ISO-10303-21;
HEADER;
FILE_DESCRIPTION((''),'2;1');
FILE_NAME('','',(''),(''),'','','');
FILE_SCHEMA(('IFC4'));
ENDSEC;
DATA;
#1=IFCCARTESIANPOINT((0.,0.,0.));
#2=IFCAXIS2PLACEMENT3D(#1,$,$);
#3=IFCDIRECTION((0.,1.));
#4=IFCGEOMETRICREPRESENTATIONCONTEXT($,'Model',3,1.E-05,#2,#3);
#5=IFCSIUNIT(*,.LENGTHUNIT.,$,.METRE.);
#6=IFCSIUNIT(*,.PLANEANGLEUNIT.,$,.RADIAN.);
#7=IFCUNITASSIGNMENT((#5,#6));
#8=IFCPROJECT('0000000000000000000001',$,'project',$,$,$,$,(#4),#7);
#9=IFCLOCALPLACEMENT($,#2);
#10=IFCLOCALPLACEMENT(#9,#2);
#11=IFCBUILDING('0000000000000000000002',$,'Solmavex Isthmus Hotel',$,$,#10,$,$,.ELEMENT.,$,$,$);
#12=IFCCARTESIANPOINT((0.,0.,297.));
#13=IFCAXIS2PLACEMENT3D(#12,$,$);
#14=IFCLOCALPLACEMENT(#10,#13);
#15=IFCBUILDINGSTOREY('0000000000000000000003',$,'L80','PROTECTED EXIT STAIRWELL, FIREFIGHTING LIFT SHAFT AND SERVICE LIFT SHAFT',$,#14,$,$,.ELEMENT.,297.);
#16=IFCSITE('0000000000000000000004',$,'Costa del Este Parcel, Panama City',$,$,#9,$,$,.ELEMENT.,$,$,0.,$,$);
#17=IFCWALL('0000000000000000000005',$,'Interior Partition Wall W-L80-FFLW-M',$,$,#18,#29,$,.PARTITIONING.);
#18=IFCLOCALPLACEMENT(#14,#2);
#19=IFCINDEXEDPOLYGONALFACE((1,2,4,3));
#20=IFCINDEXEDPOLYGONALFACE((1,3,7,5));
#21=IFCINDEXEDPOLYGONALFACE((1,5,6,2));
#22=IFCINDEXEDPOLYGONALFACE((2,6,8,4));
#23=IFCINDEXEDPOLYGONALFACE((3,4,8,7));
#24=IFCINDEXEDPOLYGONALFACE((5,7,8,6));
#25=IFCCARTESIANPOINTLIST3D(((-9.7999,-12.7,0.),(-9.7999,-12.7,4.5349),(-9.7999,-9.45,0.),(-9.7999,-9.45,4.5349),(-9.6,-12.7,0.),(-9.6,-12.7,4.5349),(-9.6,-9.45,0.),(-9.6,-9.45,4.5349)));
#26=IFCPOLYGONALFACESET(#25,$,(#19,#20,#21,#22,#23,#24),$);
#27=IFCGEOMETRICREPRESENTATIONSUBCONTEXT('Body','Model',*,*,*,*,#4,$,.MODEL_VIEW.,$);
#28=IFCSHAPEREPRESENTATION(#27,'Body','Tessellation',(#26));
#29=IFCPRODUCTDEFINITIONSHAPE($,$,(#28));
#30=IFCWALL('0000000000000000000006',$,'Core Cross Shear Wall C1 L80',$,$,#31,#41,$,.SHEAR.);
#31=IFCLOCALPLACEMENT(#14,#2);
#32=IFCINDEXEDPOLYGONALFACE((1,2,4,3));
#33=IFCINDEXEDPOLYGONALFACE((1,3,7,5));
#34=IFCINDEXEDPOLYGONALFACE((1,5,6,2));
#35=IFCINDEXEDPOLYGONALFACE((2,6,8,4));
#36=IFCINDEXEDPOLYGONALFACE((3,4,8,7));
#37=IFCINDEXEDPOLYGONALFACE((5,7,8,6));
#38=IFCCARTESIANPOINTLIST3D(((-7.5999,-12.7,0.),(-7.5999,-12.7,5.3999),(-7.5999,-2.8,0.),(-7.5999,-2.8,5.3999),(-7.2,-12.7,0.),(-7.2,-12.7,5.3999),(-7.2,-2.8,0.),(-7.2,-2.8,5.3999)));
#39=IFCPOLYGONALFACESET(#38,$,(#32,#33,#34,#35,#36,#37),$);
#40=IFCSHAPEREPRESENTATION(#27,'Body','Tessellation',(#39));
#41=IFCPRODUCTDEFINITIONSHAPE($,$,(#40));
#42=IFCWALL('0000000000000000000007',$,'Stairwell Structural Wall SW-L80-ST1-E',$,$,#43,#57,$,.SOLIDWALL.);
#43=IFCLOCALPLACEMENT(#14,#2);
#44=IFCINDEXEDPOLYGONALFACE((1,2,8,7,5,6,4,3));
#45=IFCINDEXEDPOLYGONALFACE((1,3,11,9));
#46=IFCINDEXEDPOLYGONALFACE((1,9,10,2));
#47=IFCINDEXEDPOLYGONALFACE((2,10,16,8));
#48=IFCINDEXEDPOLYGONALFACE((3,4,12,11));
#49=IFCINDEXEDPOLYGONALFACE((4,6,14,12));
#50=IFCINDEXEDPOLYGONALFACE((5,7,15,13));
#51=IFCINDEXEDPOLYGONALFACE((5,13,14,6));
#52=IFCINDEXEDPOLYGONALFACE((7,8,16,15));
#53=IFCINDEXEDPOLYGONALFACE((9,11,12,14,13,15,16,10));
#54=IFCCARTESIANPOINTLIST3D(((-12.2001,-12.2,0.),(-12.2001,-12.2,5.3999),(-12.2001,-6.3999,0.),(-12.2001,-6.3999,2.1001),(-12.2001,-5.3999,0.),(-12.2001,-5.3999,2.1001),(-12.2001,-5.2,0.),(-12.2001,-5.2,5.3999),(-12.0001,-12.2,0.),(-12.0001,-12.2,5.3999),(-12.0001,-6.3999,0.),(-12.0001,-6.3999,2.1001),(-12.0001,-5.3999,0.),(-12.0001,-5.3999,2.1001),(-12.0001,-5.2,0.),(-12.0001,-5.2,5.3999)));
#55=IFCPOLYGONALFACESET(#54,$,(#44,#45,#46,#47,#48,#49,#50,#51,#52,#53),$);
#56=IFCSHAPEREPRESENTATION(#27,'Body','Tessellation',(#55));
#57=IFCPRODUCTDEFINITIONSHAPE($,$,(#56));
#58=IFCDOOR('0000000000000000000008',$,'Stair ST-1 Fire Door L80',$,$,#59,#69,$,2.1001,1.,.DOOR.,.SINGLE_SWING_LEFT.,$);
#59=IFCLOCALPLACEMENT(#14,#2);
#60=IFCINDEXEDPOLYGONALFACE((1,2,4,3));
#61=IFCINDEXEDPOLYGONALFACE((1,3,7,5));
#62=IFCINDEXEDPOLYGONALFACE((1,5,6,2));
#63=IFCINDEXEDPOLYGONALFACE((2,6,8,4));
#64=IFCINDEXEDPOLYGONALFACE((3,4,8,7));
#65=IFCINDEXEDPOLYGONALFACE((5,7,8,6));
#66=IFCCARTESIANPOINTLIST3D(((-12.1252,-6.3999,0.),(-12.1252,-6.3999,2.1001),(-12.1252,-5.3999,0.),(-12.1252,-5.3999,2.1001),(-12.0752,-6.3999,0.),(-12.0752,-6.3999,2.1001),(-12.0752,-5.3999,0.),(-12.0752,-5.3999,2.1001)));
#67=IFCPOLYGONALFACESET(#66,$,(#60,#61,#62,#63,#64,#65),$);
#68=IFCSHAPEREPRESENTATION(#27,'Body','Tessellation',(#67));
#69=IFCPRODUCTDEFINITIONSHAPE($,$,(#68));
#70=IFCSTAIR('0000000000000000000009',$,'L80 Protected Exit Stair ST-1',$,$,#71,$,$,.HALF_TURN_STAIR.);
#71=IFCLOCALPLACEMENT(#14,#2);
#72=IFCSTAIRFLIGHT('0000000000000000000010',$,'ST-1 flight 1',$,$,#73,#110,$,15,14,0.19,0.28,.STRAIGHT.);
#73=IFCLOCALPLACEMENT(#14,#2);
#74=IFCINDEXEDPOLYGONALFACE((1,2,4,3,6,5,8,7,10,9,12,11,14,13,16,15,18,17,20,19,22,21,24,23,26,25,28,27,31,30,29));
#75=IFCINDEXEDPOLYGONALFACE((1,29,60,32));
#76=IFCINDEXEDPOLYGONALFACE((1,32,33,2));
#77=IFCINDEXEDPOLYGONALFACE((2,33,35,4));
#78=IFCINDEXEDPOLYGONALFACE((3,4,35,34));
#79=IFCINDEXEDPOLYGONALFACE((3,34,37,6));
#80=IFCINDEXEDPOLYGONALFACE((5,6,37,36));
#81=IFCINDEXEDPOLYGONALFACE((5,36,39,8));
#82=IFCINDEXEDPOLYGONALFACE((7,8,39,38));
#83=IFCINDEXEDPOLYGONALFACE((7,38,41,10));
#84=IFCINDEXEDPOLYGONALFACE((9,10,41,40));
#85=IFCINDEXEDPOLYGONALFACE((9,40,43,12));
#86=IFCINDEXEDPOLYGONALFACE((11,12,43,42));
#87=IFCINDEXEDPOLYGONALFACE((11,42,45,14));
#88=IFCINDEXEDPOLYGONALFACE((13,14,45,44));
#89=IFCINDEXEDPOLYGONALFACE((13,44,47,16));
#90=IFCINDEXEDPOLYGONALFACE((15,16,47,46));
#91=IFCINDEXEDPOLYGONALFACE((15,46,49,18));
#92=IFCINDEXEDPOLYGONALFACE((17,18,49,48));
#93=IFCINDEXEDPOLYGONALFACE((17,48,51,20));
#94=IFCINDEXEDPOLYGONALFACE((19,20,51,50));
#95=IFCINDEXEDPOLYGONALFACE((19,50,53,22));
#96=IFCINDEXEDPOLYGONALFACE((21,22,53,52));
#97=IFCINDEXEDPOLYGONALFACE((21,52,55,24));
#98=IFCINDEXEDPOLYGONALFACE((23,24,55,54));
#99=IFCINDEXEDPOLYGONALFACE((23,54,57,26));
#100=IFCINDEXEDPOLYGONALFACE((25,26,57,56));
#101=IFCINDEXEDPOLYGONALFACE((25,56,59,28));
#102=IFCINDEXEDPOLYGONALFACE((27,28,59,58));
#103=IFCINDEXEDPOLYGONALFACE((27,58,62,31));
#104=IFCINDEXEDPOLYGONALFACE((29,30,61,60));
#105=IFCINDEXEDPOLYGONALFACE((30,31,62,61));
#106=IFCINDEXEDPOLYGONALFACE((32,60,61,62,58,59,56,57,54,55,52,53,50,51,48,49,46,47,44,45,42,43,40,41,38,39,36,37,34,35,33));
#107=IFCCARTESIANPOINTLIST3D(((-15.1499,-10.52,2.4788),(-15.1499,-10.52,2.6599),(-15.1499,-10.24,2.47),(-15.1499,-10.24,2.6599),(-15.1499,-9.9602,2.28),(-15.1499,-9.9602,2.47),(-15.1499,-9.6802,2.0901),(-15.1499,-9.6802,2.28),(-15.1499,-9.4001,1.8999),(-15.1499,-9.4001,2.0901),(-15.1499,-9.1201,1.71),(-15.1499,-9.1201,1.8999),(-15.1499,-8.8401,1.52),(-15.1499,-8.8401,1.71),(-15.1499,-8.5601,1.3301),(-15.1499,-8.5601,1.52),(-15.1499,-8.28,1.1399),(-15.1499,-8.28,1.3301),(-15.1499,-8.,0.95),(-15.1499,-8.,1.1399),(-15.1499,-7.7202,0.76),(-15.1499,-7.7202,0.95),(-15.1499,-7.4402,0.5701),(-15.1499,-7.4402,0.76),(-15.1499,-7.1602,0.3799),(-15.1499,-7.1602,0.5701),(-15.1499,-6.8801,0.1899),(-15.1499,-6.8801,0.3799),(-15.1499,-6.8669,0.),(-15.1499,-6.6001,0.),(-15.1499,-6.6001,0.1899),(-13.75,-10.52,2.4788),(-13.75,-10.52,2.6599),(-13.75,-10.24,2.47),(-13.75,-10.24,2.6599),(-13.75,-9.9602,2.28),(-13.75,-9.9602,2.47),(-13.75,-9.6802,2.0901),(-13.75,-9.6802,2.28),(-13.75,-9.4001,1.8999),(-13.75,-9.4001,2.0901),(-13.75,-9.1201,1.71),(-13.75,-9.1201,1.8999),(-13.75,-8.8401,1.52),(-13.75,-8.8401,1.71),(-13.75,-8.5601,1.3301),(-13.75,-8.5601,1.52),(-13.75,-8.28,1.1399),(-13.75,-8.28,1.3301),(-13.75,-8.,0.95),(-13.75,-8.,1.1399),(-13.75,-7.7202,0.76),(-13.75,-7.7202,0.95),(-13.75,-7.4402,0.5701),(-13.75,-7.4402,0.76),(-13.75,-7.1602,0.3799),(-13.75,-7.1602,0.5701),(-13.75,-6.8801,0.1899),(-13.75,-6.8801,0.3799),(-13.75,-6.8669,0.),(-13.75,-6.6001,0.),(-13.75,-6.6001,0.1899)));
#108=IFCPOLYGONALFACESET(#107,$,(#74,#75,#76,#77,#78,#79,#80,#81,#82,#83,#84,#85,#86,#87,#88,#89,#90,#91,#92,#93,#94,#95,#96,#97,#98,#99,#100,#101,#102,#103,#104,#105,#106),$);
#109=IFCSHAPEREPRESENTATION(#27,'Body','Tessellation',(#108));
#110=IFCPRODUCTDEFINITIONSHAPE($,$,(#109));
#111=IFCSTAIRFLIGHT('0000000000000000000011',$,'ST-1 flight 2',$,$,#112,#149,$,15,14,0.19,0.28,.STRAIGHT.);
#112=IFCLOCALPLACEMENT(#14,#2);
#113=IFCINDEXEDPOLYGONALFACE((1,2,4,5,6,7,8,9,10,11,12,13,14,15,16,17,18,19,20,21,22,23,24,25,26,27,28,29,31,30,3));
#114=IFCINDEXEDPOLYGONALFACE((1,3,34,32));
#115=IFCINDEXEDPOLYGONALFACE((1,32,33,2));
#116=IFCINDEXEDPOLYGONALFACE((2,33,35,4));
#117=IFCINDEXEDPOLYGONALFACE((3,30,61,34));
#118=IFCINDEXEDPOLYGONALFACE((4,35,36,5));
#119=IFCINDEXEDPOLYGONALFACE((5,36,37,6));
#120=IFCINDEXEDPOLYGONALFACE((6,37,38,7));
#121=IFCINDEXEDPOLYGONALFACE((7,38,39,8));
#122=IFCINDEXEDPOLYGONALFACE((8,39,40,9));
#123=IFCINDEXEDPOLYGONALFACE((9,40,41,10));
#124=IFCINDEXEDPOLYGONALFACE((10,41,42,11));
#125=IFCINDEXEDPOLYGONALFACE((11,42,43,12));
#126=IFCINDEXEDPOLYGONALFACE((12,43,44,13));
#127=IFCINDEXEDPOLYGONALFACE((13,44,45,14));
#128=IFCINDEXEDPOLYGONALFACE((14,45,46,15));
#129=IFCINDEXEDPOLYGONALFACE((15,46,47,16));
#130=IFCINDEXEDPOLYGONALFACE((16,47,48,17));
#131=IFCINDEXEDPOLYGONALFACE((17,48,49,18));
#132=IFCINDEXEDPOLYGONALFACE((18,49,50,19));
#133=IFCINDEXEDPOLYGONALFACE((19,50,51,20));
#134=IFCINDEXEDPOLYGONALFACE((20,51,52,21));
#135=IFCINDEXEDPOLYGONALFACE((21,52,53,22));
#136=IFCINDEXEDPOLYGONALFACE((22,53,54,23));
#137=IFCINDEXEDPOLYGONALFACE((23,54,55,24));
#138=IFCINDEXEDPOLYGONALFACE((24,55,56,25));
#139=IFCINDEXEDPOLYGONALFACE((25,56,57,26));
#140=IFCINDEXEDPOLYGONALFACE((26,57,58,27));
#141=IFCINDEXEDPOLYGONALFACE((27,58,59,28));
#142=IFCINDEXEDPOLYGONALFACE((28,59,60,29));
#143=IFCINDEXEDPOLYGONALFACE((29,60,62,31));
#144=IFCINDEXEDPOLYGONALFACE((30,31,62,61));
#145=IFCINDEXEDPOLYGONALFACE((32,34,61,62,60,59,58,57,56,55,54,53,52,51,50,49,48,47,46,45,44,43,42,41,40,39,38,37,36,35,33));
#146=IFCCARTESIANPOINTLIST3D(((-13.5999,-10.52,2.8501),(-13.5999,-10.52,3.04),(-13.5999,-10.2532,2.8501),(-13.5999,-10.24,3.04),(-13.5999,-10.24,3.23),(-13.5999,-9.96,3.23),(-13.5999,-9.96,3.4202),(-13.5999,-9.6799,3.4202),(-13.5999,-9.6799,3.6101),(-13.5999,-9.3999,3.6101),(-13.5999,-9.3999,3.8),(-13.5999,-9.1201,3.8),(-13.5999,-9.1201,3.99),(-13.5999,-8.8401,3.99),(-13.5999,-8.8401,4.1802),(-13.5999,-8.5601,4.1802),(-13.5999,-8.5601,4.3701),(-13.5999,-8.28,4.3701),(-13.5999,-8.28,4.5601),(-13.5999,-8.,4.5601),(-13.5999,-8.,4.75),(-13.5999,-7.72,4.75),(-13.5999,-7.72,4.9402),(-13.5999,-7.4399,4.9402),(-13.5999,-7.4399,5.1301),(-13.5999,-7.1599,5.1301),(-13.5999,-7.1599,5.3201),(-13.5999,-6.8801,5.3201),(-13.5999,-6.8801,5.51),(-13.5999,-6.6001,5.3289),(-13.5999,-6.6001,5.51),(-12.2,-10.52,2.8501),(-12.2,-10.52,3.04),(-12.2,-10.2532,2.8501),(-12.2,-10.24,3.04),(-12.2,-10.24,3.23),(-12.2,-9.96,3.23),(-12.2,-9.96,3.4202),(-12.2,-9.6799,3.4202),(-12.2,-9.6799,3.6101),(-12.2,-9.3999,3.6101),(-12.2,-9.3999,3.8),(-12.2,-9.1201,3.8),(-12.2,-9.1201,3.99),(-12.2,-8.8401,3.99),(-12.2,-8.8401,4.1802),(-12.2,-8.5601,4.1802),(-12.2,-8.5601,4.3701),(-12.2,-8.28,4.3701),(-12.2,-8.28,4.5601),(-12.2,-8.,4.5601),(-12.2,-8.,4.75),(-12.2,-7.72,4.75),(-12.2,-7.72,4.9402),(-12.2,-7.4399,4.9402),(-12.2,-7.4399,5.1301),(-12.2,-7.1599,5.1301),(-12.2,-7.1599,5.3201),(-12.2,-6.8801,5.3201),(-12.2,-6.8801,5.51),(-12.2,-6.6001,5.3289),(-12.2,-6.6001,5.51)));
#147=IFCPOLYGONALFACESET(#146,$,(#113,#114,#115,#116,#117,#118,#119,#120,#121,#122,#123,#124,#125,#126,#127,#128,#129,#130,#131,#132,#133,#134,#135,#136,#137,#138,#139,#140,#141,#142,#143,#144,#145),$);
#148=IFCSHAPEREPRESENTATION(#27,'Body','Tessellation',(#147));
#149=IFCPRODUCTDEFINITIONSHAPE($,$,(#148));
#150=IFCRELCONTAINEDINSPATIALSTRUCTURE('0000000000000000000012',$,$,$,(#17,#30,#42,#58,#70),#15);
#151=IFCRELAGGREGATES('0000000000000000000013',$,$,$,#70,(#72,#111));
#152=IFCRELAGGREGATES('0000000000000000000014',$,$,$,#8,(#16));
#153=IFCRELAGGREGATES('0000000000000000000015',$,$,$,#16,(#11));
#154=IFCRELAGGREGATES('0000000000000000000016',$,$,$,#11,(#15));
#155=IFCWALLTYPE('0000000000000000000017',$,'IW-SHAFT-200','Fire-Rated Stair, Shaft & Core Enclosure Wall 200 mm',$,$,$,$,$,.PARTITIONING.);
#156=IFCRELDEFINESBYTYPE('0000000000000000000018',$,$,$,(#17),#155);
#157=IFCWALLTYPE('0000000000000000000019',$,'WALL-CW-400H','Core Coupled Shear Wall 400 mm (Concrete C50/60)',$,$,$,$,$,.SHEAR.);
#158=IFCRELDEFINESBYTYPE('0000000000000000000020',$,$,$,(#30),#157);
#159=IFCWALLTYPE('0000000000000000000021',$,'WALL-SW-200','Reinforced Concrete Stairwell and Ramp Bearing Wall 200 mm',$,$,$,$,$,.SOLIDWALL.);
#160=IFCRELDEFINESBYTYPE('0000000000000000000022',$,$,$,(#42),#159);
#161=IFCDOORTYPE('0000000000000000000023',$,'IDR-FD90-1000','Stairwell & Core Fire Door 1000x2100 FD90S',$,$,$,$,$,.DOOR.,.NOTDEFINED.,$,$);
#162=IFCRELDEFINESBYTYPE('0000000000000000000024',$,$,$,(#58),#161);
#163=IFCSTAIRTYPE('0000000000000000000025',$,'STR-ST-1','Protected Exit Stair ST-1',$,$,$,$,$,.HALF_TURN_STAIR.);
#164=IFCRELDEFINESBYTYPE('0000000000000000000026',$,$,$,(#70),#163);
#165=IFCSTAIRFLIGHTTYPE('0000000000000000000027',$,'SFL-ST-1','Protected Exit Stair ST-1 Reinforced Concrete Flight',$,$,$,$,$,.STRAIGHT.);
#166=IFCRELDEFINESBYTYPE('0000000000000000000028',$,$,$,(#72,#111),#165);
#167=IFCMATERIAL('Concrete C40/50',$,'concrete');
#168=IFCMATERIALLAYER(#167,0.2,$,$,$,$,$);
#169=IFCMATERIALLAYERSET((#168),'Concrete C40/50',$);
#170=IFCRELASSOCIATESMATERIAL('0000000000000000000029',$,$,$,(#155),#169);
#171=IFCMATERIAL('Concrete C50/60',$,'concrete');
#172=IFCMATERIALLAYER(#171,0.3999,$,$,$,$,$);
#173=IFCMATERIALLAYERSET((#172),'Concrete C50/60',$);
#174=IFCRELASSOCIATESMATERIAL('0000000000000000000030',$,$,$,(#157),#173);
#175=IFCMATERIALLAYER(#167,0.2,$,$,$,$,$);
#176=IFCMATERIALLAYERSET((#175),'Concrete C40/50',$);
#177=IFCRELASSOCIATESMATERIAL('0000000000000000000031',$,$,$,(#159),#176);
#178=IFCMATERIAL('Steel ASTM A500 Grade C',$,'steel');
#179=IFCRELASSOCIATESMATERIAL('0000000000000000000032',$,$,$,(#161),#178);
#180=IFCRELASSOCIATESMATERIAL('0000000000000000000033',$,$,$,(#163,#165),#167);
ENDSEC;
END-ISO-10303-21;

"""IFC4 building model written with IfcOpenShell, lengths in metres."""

from ifc_helpers import new_model, si_unit, direction, frame, frame_2d, origin, place, context, subcontext, project, spatial, polyline, rectangle, outline, extrude, material, layer, layer_set, type_object, element, fill, aggregate, save


model = new_model("IFC4")

# Units and contexts
model_context = context("Model", 3, precision=1e-05, world=origin(), true_north=direction((0.0, 1.0)))
body_context = subcontext(model_context, "Body", "Model", "MODEL_VIEW")
ifc_project = project(units=[si_unit("LENGTHUNIT", "METRE"), si_unit("PLANEANGLEUNIT", "RADIAN")], contexts=[model_context])

# Site, building, storey
site_placement = place(None, origin())
site = spatial("IfcSite", under=ifc_project, at=site_placement, Name="Costa del Este Parcel, Panama City", CompositionType="ELEMENT", RefElevation=0.0)
building_placement = place(site_placement, origin())
building = spatial("IfcBuilding", under=site, at=building_placement, Name="Solmavex Isthmus Hotel", CompositionType="ELEMENT")
storey_placement = place(building_placement, frame((0.0, 0.0, 297.0)))
storey = spatial("IfcBuildingStorey", under=building, at=storey_placement, Name="L80", Description="PROTECTED EXIT STAIRWELL, FIREFIGHTING LIFT SHAFT AND SERVICE LIFT SHAFT", CompositionType="ELEMENT", Elevation=297.0)

# Shared definitions
ifc_material_1 = material(Name="Concrete C50/60", Category="concrete")

# Shared definitions
ifc_material_2 = material(Name="Steel ASTM A500 Grade C", Category="steel")

# Shared definitions
ifc_material_3 = material(Name="Concrete C40/50", Category="concrete")
ifc_layer_1 = layer(ifc_material_3, 0.2)
ifc_layer_set_1 = layer_set([ifc_layer_1], Name="Concrete C40/50")
wall_type_1 = type_object("IfcWallType", Name="IW-SHAFT-200", Description="Fire-Rated Stair, Shaft & Core Enclosure Wall 200 mm", PredefinedType="PARTITIONING", material=ifc_layer_set_1)

# Walls
wall_1_placement = place(storey_placement, frame((-9.7, -12.7, 0.0), z_axis=(0.0, 0.0, 1.0), x_axis=(0.0, 1.0, 0.0)))
element("IfcWall", 1, at=wall_1_placement, inside=storey, type_object=wall_type_1, Name="Interior Partition Wall W-L80-FFLW-M", PredefinedType="PARTITIONING", context=body_context, shape_type="SweptSolid", body=[
    extrude(rectangle(XDim=3.25, YDim=0.2, at=frame_2d((1.625, 0.0))), origin(), (0.0, 0.0, 1.0), 4.5349),
])
ifc_layer_2 = layer(ifc_material_1, 0.3999)
ifc_layer_set_2 = layer_set([ifc_layer_2], Name="Concrete C50/60")
wall_type_2 = type_object("IfcWallType", Name="WALL-CW-400H", Description="Core Coupled Shear Wall 400 mm (Concrete C50/60)", PredefinedType="SHEAR", material=ifc_layer_set_2)
wall_2_placement = place(storey_placement, frame((-7.3999, -12.7, 0.0), z_axis=(0.0, 0.0, 1.0), x_axis=(0.0, 1.0, 0.0)))
element("IfcWall", 2, at=wall_2_placement, inside=storey, type_object=wall_type_2, Name="Core Cross Shear Wall C1 L80", PredefinedType="SHEAR", context=body_context, shape_type="SweptSolid", body=[
    extrude(rectangle(XDim=9.8999, YDim=0.3999, at=frame_2d((4.95, 0.0))), origin(), (0.0, 0.0, 1.0), 5.3999),
])

# Wall, opening, door
ifc_layer_3 = layer(ifc_material_3, 0.2)
ifc_layer_set_3 = layer_set([ifc_layer_3], Name="Concrete C40/50")
wall_type_3 = type_object("IfcWallType", Name="WALL-SW-200", Description="Reinforced Concrete Stairwell and Ramp Bearing Wall 200 mm", PredefinedType="SOLIDWALL", material=ifc_layer_set_3)
wall_3_placement = place(storey_placement, frame((-12.1001, -12.2, 0.0), z_axis=(0.0, 0.0, 1.0), x_axis=(0.0, 1.0, 0.0)))
wall_3 = element("IfcWall", 3, at=wall_3_placement, inside=storey, type_object=wall_type_3, Name="Stairwell Structural Wall SW-L80-ST1-E", PredefinedType="SOLIDWALL", context=body_context, shape_type="SweptSolid", body=[
    extrude(rectangle(XDim=7.0, YDim=0.2, at=frame_2d((3.5, 0.0))), origin(), (0.0, 0.0, 1.0), 5.3999),
])
opening_1_placement = place(wall_3_placement, frame((5.8, 0.0, 0.0)))
opening_1 = element("IfcOpeningElement", 4, at=opening_1_placement, cuts=wall_3, PredefinedType="OPENING", context=body_context, shape_type="SweptSolid", body=[
    extrude(rectangle(XDim=1.0, YDim=2.1001, at=frame_2d((0.5, 1.05))), frame((0.0, 0.1099, 0.0), z_axis=(0.0, -1.0, 0.0), x_axis=(1.0, 0.0, 0.0)), (0.0, 0.0, 1.0), 0.22),
])
door_type_1 = type_object("IfcDoorType", Name="IDR-FD90-1000", Description="Stairwell & Core Fire Door 1000x2100 FD90S", OperationType="NOTDEFINED", PredefinedType="DOOR", material=ifc_material_2)
door_1_placement = place(opening_1_placement, frame((1.0, 0.0, 0.0), z_axis=(0.0, 0.0, 1.0), x_axis=(-1.0, 0.0, 0.0)))
door_1 = element("IfcDoor", 5, at=door_1_placement, inside=storey, type_object=door_type_1, Name="Stair ST-1 Fire Door L80", OperationType="SINGLE_SWING_LEFT", OverallHeight=2.1001, OverallWidth=1.0, PredefinedType="DOOR", context=body_context, shape_type="SweptSolid", body=[
    extrude(rectangle(XDim=1.0, YDim=2.1001, at=frame_2d((0.5, 1.05))), frame((0.0, 0.0249, 0.0), z_axis=(0.0, -1.0, 0.0), x_axis=(1.0, 0.0, 0.0)), (0.0, 0.0, 1.0), 0.05),
])
fill(opening_1, door_1)

# Stair, stair flights
stair_type = type_object("IfcStairType", Name="STR-ST-1", Description="Protected Exit Stair ST-1", PredefinedType="HALF_TURN_STAIR", material=ifc_material_3)
stair_placement = place(storey_placement, origin())
stair = element("IfcStair", 6, at=stair_placement, inside=storey, type_object=stair_type, Name="L80 Protected Exit Stair ST-1", PredefinedType="HALF_TURN_STAIR")
stair_flight_type = type_object("IfcStairFlightType", Name="SFL-ST-1", Description="Protected Exit Stair ST-1 Reinforced Concrete Flight", PredefinedType="STRAIGHT", material=ifc_material_3)
stair_flight_1_placement = place(storey_placement, frame((-14.45, -6.6001, 0.0), z_axis=(0.0, 0.0, 1.0), x_axis=(0.0, -1.0, 0.0)))
stair_flight_1 = element("IfcStairFlight", 7, at=stair_flight_1_placement, type_object=stair_flight_type, Name="ST-1 flight 1", NumberOfRisers=15, NumberOfTreads=14, PredefinedType="STRAIGHT", RiserHeight=0.19, TreadLength=0.28, context=body_context, shape_type="SweptSolid", body=[
    extrude(outline(polyline([(0.0, 0.0), (0.0, 0.1899), (0.28, 0.1899), (0.28, 0.3799), (0.5601, 0.3799), (0.5601, 0.5701), (0.8401, 0.5701), (0.8401, 0.76), (1.1201, 0.76), (1.1201, 0.95), (1.3999, 0.95), (1.3999, 1.1399), (1.6799, 1.1399), (1.6799, 1.3301), (1.96, 1.3301), (1.96, 1.52), (2.24, 1.52), (2.24, 1.71), (2.52, 1.71), (2.52, 1.8999), (2.8, 1.8999), (2.8, 2.0901), (3.0801, 2.0901), (3.0801, 2.28), (3.3601, 2.28), (3.3601, 2.47), (3.6399, 2.47), (3.6399, 2.6599), (3.9199, 2.6599), (3.9199, 2.8501), (3.9199, 2.4788), (0.2668, 0.0), (0.0, 0.0)])), frame((0.0, 0.7, 0.0), z_axis=(0.0, -1.0, 0.0), x_axis=(1.0, 0.0, 0.0)), (0.0, 0.0, 1.0), 1.3999),
])
stair_flight_2_placement = place(storey_placement, frame((-12.8999, -10.52, 2.8501), z_axis=(0.0, 0.0, 1.0), x_axis=(0.0, 1.0, 0.0)))
stair_flight_2 = element("IfcStairFlight", 8, at=stair_flight_2_placement, type_object=stair_flight_type, Name="ST-1 flight 2", NumberOfRisers=15, NumberOfTreads=14, PredefinedType="STRAIGHT", RiserHeight=0.19, TreadLength=0.28, context=body_context, shape_type="SweptSolid", body=[
    extrude(outline(polyline([(0.0, 0.0), (0.0, 0.1899), (0.28, 0.1899), (0.28, 0.3799), (0.5601, 0.3799), (0.5601, 0.5701), (0.8401, 0.5701), (0.8401, 0.76), (1.1201, 0.76), (1.1201, 0.95), (1.3999, 0.95), (1.3999, 1.1399), (1.6799, 1.1399), (1.6799, 1.3301), (1.96, 1.3301), (1.96, 1.52), (2.24, 1.52), (2.24, 1.71), (2.52, 1.71), (2.52, 1.8999), (2.8, 1.8999), (2.8, 2.0901), (3.0801, 2.0901), (3.0801, 2.28), (3.3601, 2.28), (3.3601, 2.47), (3.6399, 2.47), (3.6399, 2.6599), (3.9199, 2.6599), (3.9199, 2.8501), (3.9199, 2.4788), (0.2668, 0.0), (0.0, 0.0)])), frame((0.0, 0.7, 0.0), z_axis=(0.0, -1.0, 0.0), x_axis=(1.0, 0.0, 0.0)), (0.0, 0.0, 1.0), 1.3999),
])
aggregate(stair, [stair_flight_1, stair_flight_2])

save(model, "model.ifc")
